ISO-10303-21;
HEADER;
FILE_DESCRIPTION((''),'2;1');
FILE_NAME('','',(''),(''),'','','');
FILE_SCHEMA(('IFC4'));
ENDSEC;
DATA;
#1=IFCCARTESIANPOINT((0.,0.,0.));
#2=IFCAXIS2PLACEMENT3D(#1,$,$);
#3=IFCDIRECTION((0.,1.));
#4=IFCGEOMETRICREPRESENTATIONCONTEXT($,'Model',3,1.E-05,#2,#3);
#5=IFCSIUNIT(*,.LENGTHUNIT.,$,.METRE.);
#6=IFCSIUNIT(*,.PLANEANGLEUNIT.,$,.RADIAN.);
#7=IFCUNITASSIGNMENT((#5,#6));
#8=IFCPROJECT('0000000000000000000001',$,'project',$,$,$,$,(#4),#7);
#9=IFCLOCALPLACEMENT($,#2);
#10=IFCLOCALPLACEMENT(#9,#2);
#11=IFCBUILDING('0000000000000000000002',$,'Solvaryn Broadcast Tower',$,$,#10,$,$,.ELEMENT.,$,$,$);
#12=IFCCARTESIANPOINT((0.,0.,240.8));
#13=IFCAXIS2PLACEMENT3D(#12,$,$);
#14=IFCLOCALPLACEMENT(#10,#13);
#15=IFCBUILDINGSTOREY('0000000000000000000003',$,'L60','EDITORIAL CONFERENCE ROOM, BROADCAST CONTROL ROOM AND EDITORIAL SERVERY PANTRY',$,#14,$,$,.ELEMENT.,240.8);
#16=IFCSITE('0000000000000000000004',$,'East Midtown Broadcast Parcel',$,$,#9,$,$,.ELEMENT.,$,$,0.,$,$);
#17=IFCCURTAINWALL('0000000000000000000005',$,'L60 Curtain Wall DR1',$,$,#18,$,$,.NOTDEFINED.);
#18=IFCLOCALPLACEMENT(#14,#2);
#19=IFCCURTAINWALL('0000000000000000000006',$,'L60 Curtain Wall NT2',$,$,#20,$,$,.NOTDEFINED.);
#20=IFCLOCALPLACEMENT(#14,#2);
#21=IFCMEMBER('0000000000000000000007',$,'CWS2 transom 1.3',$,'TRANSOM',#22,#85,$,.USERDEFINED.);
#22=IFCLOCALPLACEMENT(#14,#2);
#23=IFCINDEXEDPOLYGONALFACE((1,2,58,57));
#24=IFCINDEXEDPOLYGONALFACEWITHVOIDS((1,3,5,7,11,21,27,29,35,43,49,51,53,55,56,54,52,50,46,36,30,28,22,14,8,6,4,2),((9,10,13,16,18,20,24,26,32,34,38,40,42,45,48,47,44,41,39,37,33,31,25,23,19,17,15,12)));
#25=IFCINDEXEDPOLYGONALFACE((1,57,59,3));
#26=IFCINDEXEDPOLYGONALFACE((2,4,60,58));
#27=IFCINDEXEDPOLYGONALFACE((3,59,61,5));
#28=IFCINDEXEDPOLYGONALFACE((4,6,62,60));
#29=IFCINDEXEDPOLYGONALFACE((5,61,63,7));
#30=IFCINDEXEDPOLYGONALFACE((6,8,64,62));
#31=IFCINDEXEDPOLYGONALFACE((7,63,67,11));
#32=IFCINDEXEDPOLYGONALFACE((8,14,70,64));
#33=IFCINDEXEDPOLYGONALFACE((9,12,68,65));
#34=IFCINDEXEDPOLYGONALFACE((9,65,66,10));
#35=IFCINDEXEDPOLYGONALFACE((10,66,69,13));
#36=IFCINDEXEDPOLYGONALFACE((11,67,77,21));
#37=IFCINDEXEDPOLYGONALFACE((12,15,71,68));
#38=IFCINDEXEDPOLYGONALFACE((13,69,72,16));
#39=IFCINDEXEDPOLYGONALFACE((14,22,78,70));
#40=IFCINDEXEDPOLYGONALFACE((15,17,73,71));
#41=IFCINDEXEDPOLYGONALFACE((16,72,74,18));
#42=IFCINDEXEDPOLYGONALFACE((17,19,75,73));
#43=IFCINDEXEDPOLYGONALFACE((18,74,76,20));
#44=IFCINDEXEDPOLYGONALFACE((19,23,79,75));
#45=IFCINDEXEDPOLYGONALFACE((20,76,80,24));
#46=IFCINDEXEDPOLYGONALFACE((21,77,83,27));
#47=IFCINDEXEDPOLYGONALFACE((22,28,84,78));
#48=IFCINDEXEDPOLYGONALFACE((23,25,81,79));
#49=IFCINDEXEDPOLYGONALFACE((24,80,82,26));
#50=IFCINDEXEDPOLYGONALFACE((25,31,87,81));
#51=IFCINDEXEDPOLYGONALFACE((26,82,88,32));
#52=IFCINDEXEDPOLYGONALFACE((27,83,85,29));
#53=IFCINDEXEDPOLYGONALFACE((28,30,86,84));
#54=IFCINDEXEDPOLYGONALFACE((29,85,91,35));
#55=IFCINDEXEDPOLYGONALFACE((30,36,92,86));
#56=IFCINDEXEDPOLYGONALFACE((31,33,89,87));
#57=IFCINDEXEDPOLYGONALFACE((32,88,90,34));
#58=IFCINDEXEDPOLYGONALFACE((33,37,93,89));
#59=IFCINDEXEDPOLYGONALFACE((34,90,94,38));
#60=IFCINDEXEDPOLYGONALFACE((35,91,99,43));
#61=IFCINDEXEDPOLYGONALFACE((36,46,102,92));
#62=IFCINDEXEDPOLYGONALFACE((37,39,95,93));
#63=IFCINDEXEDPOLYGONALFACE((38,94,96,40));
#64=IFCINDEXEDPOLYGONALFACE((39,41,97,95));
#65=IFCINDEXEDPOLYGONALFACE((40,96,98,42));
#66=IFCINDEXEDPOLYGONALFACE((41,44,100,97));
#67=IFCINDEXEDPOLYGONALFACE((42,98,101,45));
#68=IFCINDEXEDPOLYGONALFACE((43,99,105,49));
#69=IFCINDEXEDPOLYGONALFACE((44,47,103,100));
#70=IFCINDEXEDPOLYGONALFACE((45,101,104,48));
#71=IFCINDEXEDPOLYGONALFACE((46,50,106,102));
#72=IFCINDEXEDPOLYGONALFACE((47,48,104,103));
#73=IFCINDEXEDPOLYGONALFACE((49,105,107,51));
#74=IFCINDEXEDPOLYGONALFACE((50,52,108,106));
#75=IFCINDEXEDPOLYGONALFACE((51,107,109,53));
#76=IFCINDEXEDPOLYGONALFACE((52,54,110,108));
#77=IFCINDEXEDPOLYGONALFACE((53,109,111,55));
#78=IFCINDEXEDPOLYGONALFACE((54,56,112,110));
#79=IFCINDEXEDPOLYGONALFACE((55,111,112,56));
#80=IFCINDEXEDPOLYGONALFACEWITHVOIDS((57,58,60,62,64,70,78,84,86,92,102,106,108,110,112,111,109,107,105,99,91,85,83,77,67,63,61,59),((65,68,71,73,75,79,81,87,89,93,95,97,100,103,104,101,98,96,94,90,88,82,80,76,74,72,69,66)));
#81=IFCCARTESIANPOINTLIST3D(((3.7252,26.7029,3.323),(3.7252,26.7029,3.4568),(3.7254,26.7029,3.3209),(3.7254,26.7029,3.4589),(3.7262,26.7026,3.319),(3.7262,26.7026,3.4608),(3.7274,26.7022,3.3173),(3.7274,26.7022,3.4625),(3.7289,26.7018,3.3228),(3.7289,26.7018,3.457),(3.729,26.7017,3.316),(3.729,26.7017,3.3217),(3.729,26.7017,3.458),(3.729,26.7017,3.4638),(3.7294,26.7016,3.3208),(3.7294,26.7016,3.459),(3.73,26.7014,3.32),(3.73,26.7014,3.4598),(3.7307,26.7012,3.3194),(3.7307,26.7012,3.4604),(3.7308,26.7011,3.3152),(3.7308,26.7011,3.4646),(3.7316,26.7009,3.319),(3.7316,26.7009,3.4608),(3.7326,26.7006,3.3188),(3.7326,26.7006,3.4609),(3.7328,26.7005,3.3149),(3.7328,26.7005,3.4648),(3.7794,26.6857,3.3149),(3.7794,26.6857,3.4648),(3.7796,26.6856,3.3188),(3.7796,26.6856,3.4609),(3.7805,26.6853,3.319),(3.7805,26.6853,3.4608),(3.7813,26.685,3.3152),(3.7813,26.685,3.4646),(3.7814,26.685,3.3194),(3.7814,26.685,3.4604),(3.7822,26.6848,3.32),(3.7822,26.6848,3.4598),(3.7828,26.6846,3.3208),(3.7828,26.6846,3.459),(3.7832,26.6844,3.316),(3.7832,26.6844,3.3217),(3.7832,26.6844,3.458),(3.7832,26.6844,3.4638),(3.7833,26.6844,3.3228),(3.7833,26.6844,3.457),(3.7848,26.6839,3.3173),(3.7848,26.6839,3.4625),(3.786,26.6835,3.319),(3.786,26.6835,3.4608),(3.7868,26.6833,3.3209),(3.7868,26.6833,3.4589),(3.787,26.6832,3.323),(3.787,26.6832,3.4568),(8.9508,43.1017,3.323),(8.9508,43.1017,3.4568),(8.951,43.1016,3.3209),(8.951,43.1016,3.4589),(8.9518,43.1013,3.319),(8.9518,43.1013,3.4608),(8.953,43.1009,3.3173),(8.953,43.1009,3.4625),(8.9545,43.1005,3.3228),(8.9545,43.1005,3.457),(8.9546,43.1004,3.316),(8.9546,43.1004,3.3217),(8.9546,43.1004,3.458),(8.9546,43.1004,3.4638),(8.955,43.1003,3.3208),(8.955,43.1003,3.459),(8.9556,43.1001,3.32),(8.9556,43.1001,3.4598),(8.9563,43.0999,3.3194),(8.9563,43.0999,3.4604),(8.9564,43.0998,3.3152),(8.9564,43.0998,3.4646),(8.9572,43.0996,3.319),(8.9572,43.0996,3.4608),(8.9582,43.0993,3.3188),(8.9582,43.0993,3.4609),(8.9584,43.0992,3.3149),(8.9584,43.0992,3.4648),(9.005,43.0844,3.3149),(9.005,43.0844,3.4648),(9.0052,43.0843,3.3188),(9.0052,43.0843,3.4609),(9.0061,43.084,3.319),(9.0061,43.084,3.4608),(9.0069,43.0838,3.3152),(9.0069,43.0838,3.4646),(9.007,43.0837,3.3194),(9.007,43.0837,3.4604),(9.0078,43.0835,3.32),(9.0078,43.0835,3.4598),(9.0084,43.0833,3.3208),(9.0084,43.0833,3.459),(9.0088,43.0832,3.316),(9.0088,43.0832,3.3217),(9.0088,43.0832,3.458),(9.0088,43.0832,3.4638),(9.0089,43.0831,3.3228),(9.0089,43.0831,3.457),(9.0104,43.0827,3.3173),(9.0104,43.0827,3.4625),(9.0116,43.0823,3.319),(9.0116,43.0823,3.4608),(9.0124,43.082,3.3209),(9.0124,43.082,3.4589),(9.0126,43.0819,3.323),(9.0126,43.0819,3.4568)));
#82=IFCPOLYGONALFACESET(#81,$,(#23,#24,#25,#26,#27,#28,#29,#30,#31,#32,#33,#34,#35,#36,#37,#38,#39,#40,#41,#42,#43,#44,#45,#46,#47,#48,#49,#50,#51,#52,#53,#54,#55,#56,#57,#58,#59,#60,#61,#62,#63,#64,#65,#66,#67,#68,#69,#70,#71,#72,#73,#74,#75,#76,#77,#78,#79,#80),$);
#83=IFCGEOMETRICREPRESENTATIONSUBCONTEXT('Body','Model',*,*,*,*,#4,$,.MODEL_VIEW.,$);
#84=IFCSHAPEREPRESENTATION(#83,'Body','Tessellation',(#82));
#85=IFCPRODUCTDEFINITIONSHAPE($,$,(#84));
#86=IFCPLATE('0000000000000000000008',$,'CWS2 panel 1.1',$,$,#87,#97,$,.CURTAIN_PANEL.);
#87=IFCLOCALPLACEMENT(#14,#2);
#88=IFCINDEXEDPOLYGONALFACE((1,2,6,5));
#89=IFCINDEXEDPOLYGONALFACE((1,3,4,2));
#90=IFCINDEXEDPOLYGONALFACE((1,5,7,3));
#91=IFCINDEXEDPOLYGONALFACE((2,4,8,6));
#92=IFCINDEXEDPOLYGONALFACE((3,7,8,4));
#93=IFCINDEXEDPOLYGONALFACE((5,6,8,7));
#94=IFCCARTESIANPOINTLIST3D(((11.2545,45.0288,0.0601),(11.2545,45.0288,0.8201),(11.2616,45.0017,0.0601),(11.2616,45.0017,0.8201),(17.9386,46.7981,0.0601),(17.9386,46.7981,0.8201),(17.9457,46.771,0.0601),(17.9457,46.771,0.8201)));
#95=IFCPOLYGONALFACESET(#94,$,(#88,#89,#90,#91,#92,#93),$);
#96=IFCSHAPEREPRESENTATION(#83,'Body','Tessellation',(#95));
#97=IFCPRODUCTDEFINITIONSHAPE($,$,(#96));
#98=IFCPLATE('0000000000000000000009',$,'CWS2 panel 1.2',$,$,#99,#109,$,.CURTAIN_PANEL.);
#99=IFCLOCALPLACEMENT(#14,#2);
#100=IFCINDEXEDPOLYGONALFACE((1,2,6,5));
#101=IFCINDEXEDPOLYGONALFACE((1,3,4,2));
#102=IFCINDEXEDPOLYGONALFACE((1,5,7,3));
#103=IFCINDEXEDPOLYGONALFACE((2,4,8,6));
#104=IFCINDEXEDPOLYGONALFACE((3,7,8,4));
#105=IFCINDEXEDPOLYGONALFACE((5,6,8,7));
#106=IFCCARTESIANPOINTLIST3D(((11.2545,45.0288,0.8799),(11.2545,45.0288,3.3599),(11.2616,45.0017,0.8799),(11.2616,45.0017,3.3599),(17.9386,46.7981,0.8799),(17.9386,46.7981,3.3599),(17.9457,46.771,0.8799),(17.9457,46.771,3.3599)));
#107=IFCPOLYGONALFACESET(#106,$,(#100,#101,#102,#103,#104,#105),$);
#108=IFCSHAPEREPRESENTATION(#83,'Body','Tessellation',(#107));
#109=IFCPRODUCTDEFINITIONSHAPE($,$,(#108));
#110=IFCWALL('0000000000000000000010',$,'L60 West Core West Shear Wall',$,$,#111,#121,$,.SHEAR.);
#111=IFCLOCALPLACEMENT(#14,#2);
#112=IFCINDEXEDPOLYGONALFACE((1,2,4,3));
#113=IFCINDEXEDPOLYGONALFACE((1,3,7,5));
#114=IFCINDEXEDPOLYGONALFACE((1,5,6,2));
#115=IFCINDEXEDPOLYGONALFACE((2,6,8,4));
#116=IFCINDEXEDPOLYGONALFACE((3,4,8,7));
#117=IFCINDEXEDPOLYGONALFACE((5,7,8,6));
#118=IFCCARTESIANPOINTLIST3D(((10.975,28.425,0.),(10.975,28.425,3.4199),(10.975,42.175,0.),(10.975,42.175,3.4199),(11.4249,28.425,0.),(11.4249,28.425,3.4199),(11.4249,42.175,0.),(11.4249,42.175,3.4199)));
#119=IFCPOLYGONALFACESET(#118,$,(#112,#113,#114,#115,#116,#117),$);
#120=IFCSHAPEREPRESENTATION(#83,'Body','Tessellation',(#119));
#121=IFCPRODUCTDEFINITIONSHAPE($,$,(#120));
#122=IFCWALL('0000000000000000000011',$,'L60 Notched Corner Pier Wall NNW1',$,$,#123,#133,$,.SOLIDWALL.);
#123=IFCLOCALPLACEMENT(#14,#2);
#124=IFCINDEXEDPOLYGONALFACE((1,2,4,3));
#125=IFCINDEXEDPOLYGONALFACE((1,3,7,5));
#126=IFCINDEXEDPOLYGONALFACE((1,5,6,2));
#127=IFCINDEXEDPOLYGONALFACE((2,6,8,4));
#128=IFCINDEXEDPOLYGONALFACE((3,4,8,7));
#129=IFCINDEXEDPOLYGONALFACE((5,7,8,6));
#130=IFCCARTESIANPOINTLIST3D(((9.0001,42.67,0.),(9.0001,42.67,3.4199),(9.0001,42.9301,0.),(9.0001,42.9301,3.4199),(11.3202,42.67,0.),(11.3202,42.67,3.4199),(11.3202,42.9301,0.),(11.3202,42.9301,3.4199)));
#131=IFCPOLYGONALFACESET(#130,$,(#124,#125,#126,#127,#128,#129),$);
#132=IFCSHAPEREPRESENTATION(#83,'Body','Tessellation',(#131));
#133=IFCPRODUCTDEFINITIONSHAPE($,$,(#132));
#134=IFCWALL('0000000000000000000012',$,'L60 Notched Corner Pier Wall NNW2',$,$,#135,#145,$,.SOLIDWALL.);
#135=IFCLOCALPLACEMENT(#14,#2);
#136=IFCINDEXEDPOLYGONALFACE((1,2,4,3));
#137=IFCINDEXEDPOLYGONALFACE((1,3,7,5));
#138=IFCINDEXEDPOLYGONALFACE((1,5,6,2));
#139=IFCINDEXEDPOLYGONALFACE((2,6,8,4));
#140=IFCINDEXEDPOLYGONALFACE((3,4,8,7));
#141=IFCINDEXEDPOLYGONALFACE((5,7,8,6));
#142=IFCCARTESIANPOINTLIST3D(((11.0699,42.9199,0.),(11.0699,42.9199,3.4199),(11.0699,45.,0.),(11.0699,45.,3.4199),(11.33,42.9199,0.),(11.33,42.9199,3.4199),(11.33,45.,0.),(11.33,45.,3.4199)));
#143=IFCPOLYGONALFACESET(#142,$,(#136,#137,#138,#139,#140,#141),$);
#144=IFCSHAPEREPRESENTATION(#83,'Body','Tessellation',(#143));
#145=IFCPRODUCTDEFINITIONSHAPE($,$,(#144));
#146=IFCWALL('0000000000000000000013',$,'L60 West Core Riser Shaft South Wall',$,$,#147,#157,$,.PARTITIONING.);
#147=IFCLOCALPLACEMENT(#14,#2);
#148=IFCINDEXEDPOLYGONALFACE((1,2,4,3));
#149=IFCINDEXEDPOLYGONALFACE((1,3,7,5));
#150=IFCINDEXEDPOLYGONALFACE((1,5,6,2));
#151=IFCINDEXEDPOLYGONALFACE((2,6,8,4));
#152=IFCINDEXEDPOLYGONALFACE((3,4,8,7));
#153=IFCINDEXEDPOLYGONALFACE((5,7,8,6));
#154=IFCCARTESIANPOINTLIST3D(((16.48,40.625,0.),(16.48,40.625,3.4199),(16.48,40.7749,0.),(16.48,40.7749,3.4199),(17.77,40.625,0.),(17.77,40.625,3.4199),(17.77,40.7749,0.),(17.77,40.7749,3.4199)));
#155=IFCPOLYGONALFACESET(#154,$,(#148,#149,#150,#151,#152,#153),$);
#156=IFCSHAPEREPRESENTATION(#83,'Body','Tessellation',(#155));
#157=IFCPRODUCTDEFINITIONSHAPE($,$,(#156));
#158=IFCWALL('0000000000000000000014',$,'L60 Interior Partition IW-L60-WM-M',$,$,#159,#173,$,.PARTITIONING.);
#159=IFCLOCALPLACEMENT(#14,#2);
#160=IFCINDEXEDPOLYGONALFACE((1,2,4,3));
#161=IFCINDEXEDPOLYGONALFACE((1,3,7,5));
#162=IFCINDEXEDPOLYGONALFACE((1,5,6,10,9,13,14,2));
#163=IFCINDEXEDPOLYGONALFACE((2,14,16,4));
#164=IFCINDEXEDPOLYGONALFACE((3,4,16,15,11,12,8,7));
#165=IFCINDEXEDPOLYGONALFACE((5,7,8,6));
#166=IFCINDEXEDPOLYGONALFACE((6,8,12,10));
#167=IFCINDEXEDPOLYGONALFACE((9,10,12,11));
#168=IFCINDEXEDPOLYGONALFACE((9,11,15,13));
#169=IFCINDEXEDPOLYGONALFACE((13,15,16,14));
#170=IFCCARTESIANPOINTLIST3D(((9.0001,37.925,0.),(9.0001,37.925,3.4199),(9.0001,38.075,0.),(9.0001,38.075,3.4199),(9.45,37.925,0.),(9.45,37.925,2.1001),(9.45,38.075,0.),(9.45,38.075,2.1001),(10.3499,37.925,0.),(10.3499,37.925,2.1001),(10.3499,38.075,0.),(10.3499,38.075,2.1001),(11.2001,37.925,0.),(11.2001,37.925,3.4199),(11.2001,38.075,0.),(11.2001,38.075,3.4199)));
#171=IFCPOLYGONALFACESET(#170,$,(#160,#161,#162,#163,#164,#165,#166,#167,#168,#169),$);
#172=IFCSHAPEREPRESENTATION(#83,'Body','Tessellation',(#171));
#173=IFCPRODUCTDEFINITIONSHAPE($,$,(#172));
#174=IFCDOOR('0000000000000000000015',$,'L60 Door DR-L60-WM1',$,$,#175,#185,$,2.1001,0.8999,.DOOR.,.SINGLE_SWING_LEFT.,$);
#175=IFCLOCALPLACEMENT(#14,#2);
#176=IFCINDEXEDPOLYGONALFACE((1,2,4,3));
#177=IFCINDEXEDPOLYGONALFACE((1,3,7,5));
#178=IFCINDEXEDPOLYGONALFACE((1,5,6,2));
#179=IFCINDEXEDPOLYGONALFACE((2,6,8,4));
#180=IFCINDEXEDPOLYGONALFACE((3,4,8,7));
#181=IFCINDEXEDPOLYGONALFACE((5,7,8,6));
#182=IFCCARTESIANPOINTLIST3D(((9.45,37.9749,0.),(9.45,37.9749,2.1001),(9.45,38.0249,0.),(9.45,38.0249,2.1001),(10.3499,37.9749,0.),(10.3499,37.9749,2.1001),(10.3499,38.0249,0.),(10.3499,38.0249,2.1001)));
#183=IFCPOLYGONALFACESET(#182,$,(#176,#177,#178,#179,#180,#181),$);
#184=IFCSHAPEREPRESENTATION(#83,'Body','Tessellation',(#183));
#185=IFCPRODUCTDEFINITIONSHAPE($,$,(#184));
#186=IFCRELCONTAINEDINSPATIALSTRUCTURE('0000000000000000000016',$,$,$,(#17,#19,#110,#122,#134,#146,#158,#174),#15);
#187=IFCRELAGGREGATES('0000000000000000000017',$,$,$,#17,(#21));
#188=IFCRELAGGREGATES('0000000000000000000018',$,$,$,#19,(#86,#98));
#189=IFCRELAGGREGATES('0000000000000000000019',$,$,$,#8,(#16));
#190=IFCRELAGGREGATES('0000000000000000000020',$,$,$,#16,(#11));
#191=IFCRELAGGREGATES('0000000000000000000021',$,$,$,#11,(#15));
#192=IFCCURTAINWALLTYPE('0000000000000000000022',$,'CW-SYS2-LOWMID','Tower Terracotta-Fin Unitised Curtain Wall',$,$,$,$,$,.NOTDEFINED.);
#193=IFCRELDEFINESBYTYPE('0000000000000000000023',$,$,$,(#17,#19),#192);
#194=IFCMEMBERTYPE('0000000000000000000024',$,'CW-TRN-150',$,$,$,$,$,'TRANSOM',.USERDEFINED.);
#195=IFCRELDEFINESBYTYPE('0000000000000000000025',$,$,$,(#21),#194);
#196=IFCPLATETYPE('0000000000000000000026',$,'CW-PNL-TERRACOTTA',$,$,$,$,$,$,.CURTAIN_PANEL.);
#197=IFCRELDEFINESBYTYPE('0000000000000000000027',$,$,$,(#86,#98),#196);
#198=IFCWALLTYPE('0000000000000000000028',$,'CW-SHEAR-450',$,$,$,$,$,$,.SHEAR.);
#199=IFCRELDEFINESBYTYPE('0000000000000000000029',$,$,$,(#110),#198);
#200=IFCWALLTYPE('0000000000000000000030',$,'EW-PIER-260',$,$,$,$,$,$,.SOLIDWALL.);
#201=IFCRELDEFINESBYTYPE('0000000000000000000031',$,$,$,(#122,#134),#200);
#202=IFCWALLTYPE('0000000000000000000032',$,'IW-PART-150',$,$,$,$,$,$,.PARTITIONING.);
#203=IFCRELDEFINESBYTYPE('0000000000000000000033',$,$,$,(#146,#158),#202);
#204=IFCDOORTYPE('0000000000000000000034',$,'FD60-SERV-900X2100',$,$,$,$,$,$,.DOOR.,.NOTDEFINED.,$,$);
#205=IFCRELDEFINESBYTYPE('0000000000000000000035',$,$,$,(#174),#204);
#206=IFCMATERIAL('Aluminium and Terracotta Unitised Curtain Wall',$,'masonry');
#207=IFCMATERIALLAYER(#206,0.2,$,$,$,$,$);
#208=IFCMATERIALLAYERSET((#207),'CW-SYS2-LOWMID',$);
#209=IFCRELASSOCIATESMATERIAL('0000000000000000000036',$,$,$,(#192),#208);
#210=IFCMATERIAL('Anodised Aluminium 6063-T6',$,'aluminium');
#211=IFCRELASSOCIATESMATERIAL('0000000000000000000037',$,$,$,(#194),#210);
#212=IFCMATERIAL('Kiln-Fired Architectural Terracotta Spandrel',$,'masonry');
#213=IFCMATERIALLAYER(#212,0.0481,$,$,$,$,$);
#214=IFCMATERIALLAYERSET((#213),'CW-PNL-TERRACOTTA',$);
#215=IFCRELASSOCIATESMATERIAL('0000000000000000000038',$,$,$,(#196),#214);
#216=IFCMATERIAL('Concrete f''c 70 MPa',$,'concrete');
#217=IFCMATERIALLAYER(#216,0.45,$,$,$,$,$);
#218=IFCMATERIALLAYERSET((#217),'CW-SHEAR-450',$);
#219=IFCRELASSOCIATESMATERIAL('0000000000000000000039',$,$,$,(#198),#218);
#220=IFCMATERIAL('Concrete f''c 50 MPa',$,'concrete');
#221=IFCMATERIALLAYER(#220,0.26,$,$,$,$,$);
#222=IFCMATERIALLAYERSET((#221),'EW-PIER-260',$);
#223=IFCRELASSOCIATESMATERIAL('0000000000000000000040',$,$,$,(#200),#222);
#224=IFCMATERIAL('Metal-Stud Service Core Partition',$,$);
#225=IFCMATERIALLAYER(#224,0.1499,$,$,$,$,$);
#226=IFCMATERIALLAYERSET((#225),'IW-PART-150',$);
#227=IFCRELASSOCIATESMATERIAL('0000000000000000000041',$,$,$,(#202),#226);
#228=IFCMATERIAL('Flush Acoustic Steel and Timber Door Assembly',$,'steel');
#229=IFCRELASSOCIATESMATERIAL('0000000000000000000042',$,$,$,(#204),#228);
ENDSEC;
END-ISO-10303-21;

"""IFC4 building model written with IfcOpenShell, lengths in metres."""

from ifc_helpers import new_model, si_unit, direction, frame, frame_2d, origin, origin_2d, place, context, subcontext, project, spatial, rectangle, hollow_rectangle, extrude, material, layer, layer_set, material_profile, profile_set, type_object, element, fill, aggregate, save


model = new_model("IFC4")

# Units and contexts
model_context = context("Model", 3, precision=1e-05, world=origin(), true_north=direction((0.0, 1.0)))
body_context = subcontext(model_context, "Body", "Model", "MODEL_VIEW")
ifc_project = project(units=[si_unit("LENGTHUNIT", "METRE"), si_unit("PLANEANGLEUNIT", "RADIAN")], contexts=[model_context])

# Site, building, storey
site_placement = place(None, origin())
site = spatial("IfcSite", under=ifc_project, at=site_placement, Name="East Midtown Broadcast Parcel", CompositionType="ELEMENT", RefElevation=0.0)
building_placement = place(site_placement, origin())
building = spatial("IfcBuilding", under=site, at=building_placement, Name="Solvaryn Broadcast Tower", CompositionType="ELEMENT")
storey_placement = place(building_placement, frame((0.0, 0.0, 240.8)))
storey = spatial("IfcBuildingStorey", under=building, at=storey_placement, Name="L60", Description="EDITORIAL CONFERENCE ROOM, BROADCAST CONTROL ROOM AND EDITORIAL SERVERY PANTRY", CompositionType="ELEMENT", Elevation=240.8)

# Curtain walls
ifc_material_1 = material(Name="Aluminium and Terracotta Unitised Curtain Wall", Category="masonry")
ifc_layer_1 = layer(ifc_material_1, 0.2)
ifc_layer_set_1 = layer_set([ifc_layer_1], Name="CW-SYS2-LOWMID")
curtain_wall_type = type_object("IfcCurtainWallType", Name="CW-SYS2-LOWMID", Description="Tower Terracotta-Fin Unitised Curtain Wall", PredefinedType="NOTDEFINED", material=ifc_layer_set_1)
curtain_wall_1_placement = place(storey_placement, origin())
curtain_wall_1 = element("IfcCurtainWall", 1, at=curtain_wall_1_placement, inside=storey, type_object=curtain_wall_type, Name="L60 Curtain Wall DR1", PredefinedType="NOTDEFINED")
curtain_wall_2_placement = place(storey_placement, origin())
curtain_wall_2 = element("IfcCurtainWall", 2, at=curtain_wall_2_placement, inside=storey, type_object=curtain_wall_type, Name="L60 Curtain Wall NT2", PredefinedType="NOTDEFINED")

# Member
ifc_material_2 = material(Name="Anodised Aluminium 6063-T6", Category="aluminium")
ifc_material_profile_1 = material_profile(ifc_material_2, hollow_rectangle(XDim=0.0649, YDim=0.1499, WallThickness=0.0039, InnerFilletRadius=0.0039, OuterFilletRadius=0.0081, at=origin_2d()))
ifc_profile_set_1 = profile_set([ifc_material_profile_1], Name="Anodised Aluminium 6063-T6")
member_type_1 = type_object("IfcMemberType", Name="CW-TRN-150", ElementType="TRANSOM", PredefinedType="USERDEFINED", material=ifc_profile_set_1)
member_1_placement = place(storey_placement, frame((8.9817, 43.0918, 3.3899), z_axis=(-0.303616, -0.952794, 0.0), x_axis=(0.952794, -0.303616, 0.0)))
member_1 = element("IfcMember", 3, at=member_1_placement, type_object=member_type_1, Name="CWS2 transom 1.3", ObjectType="TRANSOM", PredefinedType="USERDEFINED", context=body_context, shape_type="SweptSolid", body=[
    extrude(hollow_rectangle(XDim=0.0649, YDim=0.1499, WallThickness=0.0039, InnerFilletRadius=0.0039, OuterFilletRadius=0.0081, at=origin_2d()), origin(), (0.0, 0.0, 1.0), 17.2112),
])
aggregate(curtain_wall_1, [member_1])

# Plates
ifc_material_3 = material(Name="Kiln-Fired Architectural Terracotta Spandrel", Category="masonry")
ifc_layer_2 = layer(ifc_material_3, 0.0481)
ifc_layer_set_2 = layer_set([ifc_layer_2], Name="CW-PNL-TERRACOTTA")
plate_type = type_object("IfcPlateType", Name="CW-PNL-TERRACOTTA", PredefinedType="CURTAIN_PANEL", material=ifc_layer_set_2)
plate_1_placement = place(storey_placement, frame((14.6001, 45.8999, 0.0601), z_axis=(0.0, 0.0, 1.0), x_axis=(-0.966705, -0.255893, 0.0)))
plate_1 = element("IfcPlate", 4, at=plate_1_placement, type_object=plate_type, Name="CWS2 panel 1.1", PredefinedType="CURTAIN_PANEL", context=body_context, shape_type="SweptSolid", body=[
    extrude(rectangle(XDim=6.9143, YDim=0.0281, at=origin_2d()), origin(), (0.0, 0.0, 1.0), 0.76),
])
plate_2_placement = place(storey_placement, frame((14.6001, 45.8999, 0.8799), z_axis=(0.0, 0.0, 1.0), x_axis=(-0.966705, -0.255893, 0.0)))
plate_2 = element("IfcPlate", 5, at=plate_2_placement, type_object=plate_type, Name="CWS2 panel 1.2", PredefinedType="CURTAIN_PANEL", context=body_context, shape_type="SweptSolid", body=[
    extrude(rectangle(XDim=6.9143, YDim=0.0281, at=origin_2d()), origin(), (0.0, 0.0, 1.0), 2.48),
])
aggregate(curtain_wall_2, [plate_1, plate_2])

# Walls
ifc_material_4 = material(Name="Concrete f'c 70 MPa", Category="concrete")
ifc_layer_3 = layer(ifc_material_4, 0.45)
ifc_layer_set_3 = layer_set([ifc_layer_3], Name="CW-SHEAR-450")
wall_type_1 = type_object("IfcWallType", Name="CW-SHEAR-450", PredefinedType="SHEAR", material=ifc_layer_set_3)
wall_1_placement = place(storey_placement, frame((11.2, 42.175, 0.0), z_axis=(0.0, 0.0, 1.0), x_axis=(0.0, -1.0, 0.0)))
element("IfcWall", 6, at=wall_1_placement, inside=storey, type_object=wall_type_1, Name="L60 West Core West Shear Wall", PredefinedType="SHEAR", context=body_context, shape_type="SweptSolid", body=[
    extrude(rectangle(XDim=13.75, YDim=0.45, at=frame_2d((6.875, 0.0))), origin(), (0.0, 0.0, 1.0), 3.4199),
])
ifc_material_5 = material(Name="Concrete f'c 50 MPa", Category="concrete")
ifc_layer_4 = layer(ifc_material_5, 0.26)
ifc_layer_set_4 = layer_set([ifc_layer_4], Name="EW-PIER-260")
wall_type_2 = type_object("IfcWallType", Name="EW-PIER-260", PredefinedType="SOLIDWALL", material=ifc_layer_set_4)
wall_2_placement = place(storey_placement, frame((9.0, 42.8, 0.0), z_axis=(0.0, 0.0, 1.0), x_axis=(1.0, 0.0, 0.0)))
element("IfcWall", 7, at=wall_2_placement, inside=storey, type_object=wall_type_2, Name="L60 Notched Corner Pier Wall NNW1", PredefinedType="SOLIDWALL", context=body_context, shape_type="SweptSolid", body=[
    extrude(rectangle(XDim=2.3201, YDim=0.26, at=frame_2d((1.1602, 0.0))), origin(), (0.0, 0.0, 1.0), 3.4199),
])
wall_3_placement = place(storey_placement, frame((11.2, 42.9199, 0.0), z_axis=(0.0, 0.0, 1.0), x_axis=(0.0, 1.0, 0.0)))
element("IfcWall", 8, at=wall_3_placement, inside=storey, type_object=wall_type_2, Name="L60 Notched Corner Pier Wall NNW2", PredefinedType="SOLIDWALL", context=body_context, shape_type="SweptSolid", body=[
    extrude(rectangle(XDim=2.0801, YDim=0.26, at=frame_2d((1.04, 0.0))), origin(), (0.0, 0.0, 1.0), 3.4199),
])
ifc_material_6 = material(Name="Metal-Stud Service Core Partition")
ifc_layer_5 = layer(ifc_material_6, 0.1499)
ifc_layer_set_5 = layer_set([ifc_layer_5], Name="IW-PART-150")
wall_type_3 = type_object("IfcWallType", Name="IW-PART-150", PredefinedType="PARTITIONING", material=ifc_layer_set_5)
wall_4_placement = place(storey_placement, frame((16.48, 40.7, 0.0), z_axis=(0.0, 0.0, 1.0), x_axis=(1.0, 0.0, 0.0)))
element("IfcWall", 9, at=wall_4_placement, inside=storey, type_object=wall_type_3, Name="L60 West Core Riser Shaft South Wall", PredefinedType="PARTITIONING", context=body_context, shape_type="SweptSolid", body=[
    extrude(rectangle(XDim=1.29, YDim=0.1499, at=frame_2d((0.645, 0.0))), origin(), (0.0, 0.0, 1.0), 3.4199),
])

# Wall, opening, door
wall_5_placement = place(storey_placement, frame((9.0, 38.0, 0.0), z_axis=(0.0, 0.0, 1.0), x_axis=(1.0, 0.0, 0.0)))
wall_5 = element("IfcWall", 10, at=wall_5_placement, inside=storey, type_object=wall_type_3, Name="L60 Interior Partition IW-L60-WM-M", PredefinedType="PARTITIONING", context=body_context, shape_type="SweptSolid", body=[
    extrude(rectangle(XDim=2.2, YDim=0.1499, at=frame_2d((1.1001, 0.0))), origin(), (0.0, 0.0, 1.0), 3.4199),
])
opening_placement = place(wall_5_placement, frame((0.45, 0.0, 0.0)))
opening = element("IfcOpeningElement", 11, at=opening_placement, cuts=wall_5, PredefinedType="OPENING", context=body_context, shape_type="SweptSolid", body=[
    extrude(rectangle(XDim=0.8999, YDim=2.1001, at=frame_2d((0.45, 1.05))), frame((0.0, 0.085, 0.0), z_axis=(0.0, -1.0, 0.0), x_axis=(1.0, 0.0, 0.0)), (0.0, 0.0, 1.0), 0.1699),
])
ifc_material_7 = material(Name="Flush Acoustic Steel and Timber Door Assembly", Category="steel")
door_type = type_object("IfcDoorType", Name="FD60-SERV-900X2100", OperationType="NOTDEFINED", PredefinedType="DOOR", material=ifc_material_7)
door_placement = place(opening_placement, origin())
door = element("IfcDoor", 12, at=door_placement, inside=storey, type_object=door_type, Name="L60 Door DR-L60-WM1", OperationType="SINGLE_SWING_LEFT", OverallHeight=2.1001, OverallWidth=0.8999, PredefinedType="DOOR", context=body_context, shape_type="SweptSolid", body=[
    extrude(rectangle(XDim=0.8999, YDim=2.1001, at=frame_2d((0.45, 1.05))), frame((0.0, 0.0249, 0.0), z_axis=(0.0, -1.0, 0.0), x_axis=(1.0, 0.0, 0.0)), (0.0, 0.0, 1.0), 0.05),
])
fill(opening, door)

save(model, "model.ifc")
